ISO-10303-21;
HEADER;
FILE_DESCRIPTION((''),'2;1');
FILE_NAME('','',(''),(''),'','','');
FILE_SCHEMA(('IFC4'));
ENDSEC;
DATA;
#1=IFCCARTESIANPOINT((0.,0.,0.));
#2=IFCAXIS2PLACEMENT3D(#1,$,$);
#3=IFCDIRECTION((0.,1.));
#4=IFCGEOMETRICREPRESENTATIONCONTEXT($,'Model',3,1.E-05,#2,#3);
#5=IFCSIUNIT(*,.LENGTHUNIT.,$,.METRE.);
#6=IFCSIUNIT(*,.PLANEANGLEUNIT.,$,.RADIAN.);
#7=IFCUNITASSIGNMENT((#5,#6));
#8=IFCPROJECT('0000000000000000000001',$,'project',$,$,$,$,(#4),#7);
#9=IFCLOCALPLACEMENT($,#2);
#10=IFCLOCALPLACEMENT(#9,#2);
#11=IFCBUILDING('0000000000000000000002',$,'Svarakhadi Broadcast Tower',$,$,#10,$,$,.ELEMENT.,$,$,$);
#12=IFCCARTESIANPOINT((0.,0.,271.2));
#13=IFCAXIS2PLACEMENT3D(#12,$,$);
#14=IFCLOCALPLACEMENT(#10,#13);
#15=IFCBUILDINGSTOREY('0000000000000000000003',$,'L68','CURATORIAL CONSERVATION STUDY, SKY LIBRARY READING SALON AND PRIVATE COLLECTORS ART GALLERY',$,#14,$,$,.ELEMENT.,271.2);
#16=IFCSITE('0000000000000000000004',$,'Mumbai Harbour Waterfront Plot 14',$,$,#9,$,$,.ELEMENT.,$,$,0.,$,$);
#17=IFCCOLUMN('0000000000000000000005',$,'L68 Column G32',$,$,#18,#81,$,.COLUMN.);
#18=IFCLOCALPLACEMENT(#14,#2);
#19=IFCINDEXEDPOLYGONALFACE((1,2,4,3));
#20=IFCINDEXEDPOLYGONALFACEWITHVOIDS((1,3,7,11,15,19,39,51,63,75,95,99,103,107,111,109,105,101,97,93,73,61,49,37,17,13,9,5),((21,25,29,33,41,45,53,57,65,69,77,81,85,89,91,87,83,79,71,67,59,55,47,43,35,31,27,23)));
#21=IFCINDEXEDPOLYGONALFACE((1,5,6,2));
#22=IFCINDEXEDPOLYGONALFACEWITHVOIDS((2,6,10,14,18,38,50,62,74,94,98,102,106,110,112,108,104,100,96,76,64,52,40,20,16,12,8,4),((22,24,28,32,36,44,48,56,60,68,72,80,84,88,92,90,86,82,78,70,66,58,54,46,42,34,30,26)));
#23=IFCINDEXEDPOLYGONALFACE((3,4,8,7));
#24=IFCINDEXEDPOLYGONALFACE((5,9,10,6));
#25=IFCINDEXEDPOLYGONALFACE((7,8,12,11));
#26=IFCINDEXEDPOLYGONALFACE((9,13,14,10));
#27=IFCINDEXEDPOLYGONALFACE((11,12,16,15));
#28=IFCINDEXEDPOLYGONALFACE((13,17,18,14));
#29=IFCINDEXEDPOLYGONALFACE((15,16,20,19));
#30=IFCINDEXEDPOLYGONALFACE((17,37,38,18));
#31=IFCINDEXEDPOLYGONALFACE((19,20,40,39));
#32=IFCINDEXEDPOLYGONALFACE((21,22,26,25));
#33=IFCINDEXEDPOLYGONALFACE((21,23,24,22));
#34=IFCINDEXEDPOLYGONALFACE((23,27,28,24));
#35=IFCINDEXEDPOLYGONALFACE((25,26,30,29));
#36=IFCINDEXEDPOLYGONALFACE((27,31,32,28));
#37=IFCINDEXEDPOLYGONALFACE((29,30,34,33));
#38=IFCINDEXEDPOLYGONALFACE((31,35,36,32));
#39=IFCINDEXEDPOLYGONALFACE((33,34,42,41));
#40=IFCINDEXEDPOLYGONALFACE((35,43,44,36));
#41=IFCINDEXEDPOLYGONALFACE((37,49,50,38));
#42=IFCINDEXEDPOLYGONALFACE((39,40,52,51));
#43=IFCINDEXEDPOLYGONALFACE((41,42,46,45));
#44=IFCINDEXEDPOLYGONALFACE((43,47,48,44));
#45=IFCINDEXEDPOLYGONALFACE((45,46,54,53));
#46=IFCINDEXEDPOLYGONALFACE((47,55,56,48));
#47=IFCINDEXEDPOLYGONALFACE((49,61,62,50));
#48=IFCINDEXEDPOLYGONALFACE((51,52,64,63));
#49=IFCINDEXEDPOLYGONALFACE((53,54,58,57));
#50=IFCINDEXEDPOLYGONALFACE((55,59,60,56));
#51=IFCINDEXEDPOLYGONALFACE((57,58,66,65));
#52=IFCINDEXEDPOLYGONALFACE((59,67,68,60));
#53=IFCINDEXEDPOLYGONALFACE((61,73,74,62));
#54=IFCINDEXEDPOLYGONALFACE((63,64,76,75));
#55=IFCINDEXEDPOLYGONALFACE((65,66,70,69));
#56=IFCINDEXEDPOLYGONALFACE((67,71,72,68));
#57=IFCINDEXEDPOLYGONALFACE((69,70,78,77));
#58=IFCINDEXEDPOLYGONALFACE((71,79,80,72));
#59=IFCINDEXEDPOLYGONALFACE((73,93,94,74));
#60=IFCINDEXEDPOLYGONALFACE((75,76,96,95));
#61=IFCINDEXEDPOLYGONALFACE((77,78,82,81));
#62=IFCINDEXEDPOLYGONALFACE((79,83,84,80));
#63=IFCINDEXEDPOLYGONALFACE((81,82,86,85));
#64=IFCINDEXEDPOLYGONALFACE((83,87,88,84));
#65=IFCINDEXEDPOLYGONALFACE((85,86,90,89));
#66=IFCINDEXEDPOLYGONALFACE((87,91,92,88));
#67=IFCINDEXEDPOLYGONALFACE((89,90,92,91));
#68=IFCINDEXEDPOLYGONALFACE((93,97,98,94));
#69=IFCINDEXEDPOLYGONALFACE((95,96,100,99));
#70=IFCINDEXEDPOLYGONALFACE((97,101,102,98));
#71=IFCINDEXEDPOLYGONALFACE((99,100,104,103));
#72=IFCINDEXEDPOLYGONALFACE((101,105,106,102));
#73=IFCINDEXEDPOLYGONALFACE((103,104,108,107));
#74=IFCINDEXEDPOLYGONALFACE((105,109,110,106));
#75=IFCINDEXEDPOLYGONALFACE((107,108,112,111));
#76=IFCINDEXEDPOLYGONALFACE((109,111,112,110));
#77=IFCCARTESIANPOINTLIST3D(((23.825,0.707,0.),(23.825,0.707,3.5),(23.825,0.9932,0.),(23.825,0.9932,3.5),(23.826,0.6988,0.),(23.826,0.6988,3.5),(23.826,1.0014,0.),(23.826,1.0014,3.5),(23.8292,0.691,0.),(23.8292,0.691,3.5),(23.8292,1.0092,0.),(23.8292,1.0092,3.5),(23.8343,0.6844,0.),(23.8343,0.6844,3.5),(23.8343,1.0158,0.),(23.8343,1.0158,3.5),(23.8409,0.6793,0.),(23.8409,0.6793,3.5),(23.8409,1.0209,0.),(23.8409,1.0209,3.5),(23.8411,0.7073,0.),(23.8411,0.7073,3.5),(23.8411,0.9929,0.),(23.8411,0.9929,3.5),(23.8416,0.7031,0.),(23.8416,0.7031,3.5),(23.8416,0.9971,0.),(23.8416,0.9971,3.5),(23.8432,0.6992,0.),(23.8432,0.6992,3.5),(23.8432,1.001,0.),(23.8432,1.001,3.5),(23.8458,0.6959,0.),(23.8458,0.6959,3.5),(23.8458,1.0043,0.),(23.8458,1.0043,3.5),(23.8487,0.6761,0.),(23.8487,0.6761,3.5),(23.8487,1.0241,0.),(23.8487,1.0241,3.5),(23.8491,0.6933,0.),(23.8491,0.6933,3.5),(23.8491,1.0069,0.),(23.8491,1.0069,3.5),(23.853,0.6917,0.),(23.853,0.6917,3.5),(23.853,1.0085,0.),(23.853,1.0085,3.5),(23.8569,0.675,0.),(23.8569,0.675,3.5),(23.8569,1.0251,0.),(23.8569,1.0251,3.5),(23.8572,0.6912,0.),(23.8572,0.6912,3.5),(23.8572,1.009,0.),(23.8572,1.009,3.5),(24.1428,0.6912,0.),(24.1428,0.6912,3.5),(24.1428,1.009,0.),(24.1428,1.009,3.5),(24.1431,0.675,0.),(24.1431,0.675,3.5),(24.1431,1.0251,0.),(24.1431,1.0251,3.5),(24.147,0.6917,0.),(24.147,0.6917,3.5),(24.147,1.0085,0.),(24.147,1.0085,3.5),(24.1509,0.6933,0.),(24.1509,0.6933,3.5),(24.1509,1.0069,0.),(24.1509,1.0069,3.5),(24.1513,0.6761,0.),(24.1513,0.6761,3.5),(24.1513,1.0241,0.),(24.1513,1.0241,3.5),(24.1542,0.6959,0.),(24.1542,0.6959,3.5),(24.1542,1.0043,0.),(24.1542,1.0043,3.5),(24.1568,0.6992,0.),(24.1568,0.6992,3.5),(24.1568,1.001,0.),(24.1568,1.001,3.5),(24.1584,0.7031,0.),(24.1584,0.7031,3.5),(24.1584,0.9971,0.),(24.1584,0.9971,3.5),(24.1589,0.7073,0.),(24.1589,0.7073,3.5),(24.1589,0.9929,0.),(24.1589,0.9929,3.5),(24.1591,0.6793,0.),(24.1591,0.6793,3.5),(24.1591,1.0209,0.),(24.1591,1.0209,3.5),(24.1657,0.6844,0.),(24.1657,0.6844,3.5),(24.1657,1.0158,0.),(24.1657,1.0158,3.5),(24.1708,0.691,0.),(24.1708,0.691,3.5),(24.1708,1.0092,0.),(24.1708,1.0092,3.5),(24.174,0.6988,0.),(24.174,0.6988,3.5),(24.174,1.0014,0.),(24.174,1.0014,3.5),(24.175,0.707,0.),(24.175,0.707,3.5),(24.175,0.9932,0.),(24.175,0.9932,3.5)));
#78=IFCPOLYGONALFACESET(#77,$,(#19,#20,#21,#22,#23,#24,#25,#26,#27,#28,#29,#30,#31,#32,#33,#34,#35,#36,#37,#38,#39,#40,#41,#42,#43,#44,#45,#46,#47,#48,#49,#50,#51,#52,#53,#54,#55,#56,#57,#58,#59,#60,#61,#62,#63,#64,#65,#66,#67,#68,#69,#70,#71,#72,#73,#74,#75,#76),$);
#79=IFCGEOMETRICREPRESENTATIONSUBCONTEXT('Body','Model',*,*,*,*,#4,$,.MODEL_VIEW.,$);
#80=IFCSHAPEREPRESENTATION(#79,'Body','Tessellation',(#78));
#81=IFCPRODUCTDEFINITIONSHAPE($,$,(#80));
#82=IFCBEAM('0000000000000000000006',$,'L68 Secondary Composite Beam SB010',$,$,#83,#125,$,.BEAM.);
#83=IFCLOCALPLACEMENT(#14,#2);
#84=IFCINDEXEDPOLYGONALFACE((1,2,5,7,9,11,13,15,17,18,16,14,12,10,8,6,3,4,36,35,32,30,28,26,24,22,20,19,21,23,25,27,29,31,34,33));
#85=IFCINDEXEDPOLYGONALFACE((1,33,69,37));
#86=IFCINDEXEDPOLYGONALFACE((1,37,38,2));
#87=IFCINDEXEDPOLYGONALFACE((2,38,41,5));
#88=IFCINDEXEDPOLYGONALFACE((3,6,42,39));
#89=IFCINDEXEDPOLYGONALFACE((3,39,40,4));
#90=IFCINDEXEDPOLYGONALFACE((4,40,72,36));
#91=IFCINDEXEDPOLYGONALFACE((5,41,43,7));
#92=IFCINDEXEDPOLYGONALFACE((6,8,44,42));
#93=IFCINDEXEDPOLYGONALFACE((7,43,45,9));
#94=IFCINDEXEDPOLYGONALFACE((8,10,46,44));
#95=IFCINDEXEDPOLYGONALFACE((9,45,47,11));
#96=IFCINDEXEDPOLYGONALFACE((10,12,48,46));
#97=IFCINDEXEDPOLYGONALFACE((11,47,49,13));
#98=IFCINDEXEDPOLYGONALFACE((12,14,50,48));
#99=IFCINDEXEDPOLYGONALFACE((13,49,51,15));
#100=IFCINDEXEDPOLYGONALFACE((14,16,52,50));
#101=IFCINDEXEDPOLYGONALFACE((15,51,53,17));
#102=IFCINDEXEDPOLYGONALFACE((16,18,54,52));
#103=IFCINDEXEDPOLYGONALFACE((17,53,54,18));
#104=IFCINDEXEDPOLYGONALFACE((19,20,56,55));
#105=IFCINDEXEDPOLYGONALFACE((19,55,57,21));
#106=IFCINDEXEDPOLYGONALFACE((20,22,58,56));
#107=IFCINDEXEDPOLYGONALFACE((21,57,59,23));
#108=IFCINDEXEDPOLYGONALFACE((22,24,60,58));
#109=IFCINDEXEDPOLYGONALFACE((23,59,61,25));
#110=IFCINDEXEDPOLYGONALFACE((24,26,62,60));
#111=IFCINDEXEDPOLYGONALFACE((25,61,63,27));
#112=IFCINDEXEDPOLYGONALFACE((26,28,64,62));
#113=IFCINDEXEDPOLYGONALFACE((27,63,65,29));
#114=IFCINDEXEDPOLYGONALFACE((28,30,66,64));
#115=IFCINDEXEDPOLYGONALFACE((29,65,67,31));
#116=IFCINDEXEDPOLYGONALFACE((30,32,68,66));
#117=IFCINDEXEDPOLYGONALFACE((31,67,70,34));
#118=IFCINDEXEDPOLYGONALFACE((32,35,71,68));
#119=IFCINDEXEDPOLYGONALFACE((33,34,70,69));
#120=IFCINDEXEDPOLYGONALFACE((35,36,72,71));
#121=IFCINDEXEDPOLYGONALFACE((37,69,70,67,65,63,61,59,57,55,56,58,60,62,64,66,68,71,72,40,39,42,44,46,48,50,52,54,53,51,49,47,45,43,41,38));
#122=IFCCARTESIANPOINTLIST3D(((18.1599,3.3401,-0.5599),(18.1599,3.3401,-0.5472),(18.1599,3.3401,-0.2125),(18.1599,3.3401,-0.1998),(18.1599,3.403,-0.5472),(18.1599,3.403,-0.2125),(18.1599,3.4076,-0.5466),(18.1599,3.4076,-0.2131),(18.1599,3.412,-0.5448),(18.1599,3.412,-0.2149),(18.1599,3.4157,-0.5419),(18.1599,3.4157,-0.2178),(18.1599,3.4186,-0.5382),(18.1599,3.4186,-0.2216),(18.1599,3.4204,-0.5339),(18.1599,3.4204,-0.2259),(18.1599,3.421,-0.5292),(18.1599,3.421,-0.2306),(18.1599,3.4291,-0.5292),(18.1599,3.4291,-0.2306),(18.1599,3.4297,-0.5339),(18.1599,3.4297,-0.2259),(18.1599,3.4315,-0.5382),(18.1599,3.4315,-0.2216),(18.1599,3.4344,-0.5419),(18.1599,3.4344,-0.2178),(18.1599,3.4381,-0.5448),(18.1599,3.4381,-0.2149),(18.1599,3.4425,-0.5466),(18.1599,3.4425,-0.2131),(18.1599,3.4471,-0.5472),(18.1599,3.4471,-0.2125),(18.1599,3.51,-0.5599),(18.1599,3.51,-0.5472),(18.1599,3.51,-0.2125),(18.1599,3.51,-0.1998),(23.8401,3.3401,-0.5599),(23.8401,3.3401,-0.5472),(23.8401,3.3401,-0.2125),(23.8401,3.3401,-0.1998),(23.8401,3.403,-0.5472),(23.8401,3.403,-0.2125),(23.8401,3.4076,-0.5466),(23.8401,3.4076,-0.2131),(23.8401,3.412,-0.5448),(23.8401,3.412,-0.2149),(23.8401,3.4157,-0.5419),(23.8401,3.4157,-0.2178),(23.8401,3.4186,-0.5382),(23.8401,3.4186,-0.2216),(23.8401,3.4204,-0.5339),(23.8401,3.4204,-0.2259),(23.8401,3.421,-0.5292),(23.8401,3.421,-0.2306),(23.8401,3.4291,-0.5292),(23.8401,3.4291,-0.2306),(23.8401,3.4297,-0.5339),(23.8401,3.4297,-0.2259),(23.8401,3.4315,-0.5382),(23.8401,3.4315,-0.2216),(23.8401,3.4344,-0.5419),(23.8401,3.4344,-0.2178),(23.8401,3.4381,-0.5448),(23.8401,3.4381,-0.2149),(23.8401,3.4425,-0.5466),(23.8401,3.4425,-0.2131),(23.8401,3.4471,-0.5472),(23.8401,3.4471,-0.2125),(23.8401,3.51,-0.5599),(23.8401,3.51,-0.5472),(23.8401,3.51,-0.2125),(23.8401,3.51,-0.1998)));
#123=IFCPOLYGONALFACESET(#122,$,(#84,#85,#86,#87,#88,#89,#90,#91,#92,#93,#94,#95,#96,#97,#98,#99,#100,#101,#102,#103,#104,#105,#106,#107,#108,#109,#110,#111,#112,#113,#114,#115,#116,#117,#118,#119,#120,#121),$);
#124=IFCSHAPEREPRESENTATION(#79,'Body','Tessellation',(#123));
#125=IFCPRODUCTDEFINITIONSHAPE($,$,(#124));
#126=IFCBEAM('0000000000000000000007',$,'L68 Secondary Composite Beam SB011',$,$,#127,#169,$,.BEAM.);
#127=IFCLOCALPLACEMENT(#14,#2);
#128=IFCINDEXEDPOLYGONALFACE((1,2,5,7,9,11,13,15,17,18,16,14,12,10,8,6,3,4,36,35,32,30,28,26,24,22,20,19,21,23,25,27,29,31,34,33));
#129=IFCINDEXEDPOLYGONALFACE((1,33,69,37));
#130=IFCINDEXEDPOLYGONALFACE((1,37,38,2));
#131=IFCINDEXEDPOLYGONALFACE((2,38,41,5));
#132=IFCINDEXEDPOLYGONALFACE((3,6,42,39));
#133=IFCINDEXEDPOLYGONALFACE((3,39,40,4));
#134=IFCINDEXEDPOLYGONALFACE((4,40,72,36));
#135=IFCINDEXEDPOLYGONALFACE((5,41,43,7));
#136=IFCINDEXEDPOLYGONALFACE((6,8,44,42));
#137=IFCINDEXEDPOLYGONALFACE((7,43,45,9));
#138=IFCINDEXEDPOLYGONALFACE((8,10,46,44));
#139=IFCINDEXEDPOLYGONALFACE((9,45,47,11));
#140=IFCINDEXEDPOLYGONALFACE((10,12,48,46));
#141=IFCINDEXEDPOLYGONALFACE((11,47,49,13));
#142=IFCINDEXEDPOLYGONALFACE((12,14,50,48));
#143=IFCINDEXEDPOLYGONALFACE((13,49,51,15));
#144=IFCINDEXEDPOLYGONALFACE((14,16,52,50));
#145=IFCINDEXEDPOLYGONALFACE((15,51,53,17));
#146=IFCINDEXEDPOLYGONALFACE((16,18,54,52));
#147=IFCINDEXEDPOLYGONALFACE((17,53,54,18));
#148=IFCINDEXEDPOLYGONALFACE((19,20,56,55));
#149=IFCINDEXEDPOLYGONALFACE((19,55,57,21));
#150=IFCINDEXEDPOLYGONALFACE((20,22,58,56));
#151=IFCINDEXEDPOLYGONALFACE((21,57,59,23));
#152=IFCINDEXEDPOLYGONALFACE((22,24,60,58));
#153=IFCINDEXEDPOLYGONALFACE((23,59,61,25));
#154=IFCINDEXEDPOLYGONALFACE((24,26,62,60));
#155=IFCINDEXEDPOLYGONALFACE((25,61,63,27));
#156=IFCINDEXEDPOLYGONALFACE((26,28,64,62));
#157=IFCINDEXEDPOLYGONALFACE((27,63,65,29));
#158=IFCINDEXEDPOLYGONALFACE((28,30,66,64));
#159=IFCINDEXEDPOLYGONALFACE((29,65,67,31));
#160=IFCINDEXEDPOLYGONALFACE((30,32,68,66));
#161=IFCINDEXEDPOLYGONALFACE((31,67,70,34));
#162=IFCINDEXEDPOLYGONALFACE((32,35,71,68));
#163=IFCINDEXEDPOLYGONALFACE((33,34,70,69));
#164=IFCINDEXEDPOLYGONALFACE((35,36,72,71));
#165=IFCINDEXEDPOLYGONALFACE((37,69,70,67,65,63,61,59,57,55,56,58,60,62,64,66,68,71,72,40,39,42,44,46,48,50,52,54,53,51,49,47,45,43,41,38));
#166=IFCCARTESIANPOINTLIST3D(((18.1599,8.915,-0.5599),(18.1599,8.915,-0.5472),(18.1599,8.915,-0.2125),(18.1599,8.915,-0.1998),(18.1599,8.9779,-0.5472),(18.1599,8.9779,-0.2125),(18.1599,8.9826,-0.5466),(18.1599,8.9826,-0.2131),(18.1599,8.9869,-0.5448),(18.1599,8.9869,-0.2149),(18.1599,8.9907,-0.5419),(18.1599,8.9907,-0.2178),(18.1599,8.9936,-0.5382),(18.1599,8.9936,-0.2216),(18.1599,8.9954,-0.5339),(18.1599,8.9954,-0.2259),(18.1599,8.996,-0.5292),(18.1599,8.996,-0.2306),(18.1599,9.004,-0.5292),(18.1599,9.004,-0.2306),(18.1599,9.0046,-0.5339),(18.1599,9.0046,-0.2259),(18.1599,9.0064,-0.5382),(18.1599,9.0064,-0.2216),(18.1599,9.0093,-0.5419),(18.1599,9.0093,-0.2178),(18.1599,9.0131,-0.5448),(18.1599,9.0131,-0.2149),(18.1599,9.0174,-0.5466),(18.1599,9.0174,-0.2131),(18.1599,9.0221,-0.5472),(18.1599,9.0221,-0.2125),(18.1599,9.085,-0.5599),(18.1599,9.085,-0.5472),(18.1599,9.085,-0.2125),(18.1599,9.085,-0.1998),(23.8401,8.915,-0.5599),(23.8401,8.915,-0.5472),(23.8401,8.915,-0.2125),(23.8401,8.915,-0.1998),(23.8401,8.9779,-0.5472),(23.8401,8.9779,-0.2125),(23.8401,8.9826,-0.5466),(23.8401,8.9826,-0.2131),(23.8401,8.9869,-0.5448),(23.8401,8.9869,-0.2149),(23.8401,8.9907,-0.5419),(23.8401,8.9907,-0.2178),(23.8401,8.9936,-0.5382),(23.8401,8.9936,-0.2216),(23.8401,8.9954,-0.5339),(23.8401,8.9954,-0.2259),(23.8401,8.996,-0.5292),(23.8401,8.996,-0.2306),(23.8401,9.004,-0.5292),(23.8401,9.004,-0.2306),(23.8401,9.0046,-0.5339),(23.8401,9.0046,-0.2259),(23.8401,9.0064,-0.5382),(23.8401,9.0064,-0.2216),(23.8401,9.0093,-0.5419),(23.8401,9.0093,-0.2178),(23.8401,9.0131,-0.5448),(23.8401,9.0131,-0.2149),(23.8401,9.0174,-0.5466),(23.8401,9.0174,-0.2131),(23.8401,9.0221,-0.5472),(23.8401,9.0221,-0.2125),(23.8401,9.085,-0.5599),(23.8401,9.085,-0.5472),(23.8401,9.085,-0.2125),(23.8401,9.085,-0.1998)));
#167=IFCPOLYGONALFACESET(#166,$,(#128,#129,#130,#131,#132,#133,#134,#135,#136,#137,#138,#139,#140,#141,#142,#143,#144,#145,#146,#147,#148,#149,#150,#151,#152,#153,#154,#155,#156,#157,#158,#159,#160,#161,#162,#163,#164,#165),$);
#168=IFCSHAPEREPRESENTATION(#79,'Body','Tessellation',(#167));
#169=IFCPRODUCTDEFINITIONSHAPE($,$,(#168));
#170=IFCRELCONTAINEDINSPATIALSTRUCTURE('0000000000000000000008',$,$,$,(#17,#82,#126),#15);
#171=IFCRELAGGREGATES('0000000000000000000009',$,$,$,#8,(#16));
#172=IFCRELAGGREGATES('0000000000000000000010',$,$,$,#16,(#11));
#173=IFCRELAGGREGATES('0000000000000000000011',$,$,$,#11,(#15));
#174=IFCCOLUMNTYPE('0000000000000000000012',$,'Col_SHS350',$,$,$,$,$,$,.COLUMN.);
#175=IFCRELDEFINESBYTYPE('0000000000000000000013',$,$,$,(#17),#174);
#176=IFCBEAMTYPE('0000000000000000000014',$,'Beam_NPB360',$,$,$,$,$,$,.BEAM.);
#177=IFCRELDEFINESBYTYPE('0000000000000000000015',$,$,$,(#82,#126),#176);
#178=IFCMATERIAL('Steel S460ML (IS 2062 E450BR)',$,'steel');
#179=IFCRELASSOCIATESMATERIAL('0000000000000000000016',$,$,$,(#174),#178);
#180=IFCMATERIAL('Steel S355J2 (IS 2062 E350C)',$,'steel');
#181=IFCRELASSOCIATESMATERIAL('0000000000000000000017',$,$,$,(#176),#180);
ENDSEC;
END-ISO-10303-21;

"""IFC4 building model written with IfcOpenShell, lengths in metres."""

from ifc_helpers import new_model, si_unit, direction, frame, origin, origin_2d, place, context, subcontext, project, spatial, hollow_rectangle, i_section, extrude, material, material_profile, profile_set, type_object, element, save


model = new_model("IFC4")

# Units and contexts
model_context = context("Model", 3, precision=1e-05, world=origin(), true_north=direction((0.0, 1.0)))
body_context = subcontext(model_context, "Body", "Model", "MODEL_VIEW")
ifc_project = project(units=[si_unit("LENGTHUNIT", "METRE"), si_unit("PLANEANGLEUNIT", "RADIAN")], contexts=[model_context])

# Site, building, storey
site_placement = place(None, origin())
site = spatial("IfcSite", under=ifc_project, at=site_placement, Name="Mumbai Harbour Waterfront Plot 14", CompositionType="ELEMENT", RefElevation=0.0)
building_placement = place(site_placement, origin())
building = spatial("IfcBuilding", under=site, at=building_placement, Name="Svarakhadi Broadcast Tower", CompositionType="ELEMENT")
storey_placement = place(building_placement, frame((0.0, 0.0, 271.2)))
storey = spatial("IfcBuildingStorey", under=building, at=storey_placement, Name="L68", Description="CURATORIAL CONSERVATION STUDY, SKY LIBRARY READING SALON AND PRIVATE COLLECTORS ART GALLERY", CompositionType="ELEMENT", Elevation=271.2)

# Column
ifc_material_1 = material(Name="Steel S460ML (IS 2062 E450BR)", Category="steel")
ifc_material_profile_1 = material_profile(ifc_material_1, hollow_rectangle(XDim=0.3501, YDim=0.3501, WallThickness=0.0161, InnerFilletRadius=0.0161, OuterFilletRadius=0.032, at=origin_2d()), Name="SHS 350x350x16")
ifc_profile_set_1 = profile_set([ifc_material_profile_1], Name="Steel S460ML (IS 2062 E450BR)")
column_type_1 = type_object("IfcColumnType", Name="Col_SHS350", PredefinedType="COLUMN", material=ifc_profile_set_1)
for number, where, z_axis, x_axis, name in (
    (1, (24.0, 0.8501, 0.0), (0.0, 0.0, 1.0), (1.0, 0.0, 0.0), "L68 Column G32"),
):
    element("IfcColumn", number, at=place(storey_placement, frame(where, z_axis=z_axis, x_axis=x_axis)), inside=storey, type_object=column_type_1, Name=name, PredefinedType="COLUMN", context=body_context, shape_type="SweptSolid", body=[
        extrude(hollow_rectangle(XDim=0.3501, YDim=0.3501, WallThickness=0.0161, InnerFilletRadius=0.0161, OuterFilletRadius=0.032, at=origin_2d()), origin(), (0.0, 0.0, 1.0), 3.5),
    ])

# Beams
ifc_material_2 = material(Name="Steel S355J2 (IS 2062 E350C)", Category="steel")
ifc_material_profile_2 = material_profile(ifc_material_2, i_section(OverallWidth=0.1699, OverallDepth=0.3601, WebThickness=0.0081, FlangeThickness=0.0127, FilletRadius=0.0181, at=origin_2d()), Name="NPB 360x170x57")
ifc_profile_set_2 = profile_set([ifc_material_profile_2], Name="Steel S355J2 (IS 2062 E350C)")
beam_type_1 = type_object("IfcBeamType", Name="Beam_NPB360", PredefinedType="BEAM", material=ifc_profile_set_2)
for number, where, z_axis, x_axis, name in (
    (2, (18.1599, 3.425, -0.3799), (1.0, 0.0, 0.0), (0.0, 1.0, 0.0), "L68 Secondary Composite Beam SB010"),
    (3, (18.1599, 9.0, -0.3799), (1.0, 0.0, 0.0), (0.0, 1.0, 0.0), "L68 Secondary Composite Beam SB011"),
):
    element("IfcBeam", number, at=place(storey_placement, frame(where, z_axis=z_axis, x_axis=x_axis)), inside=storey, type_object=beam_type_1, Name=name, PredefinedType="BEAM", context=body_context, shape_type="SweptSolid", body=[
        extrude(i_section(OverallWidth=0.1699, OverallDepth=0.3601, WebThickness=0.0081, FlangeThickness=0.0127, FilletRadius=0.0181, at=origin_2d()), origin(), (0.0, 0.0, 1.0), 5.6802),
    ])

save(model, "model.ifc")
